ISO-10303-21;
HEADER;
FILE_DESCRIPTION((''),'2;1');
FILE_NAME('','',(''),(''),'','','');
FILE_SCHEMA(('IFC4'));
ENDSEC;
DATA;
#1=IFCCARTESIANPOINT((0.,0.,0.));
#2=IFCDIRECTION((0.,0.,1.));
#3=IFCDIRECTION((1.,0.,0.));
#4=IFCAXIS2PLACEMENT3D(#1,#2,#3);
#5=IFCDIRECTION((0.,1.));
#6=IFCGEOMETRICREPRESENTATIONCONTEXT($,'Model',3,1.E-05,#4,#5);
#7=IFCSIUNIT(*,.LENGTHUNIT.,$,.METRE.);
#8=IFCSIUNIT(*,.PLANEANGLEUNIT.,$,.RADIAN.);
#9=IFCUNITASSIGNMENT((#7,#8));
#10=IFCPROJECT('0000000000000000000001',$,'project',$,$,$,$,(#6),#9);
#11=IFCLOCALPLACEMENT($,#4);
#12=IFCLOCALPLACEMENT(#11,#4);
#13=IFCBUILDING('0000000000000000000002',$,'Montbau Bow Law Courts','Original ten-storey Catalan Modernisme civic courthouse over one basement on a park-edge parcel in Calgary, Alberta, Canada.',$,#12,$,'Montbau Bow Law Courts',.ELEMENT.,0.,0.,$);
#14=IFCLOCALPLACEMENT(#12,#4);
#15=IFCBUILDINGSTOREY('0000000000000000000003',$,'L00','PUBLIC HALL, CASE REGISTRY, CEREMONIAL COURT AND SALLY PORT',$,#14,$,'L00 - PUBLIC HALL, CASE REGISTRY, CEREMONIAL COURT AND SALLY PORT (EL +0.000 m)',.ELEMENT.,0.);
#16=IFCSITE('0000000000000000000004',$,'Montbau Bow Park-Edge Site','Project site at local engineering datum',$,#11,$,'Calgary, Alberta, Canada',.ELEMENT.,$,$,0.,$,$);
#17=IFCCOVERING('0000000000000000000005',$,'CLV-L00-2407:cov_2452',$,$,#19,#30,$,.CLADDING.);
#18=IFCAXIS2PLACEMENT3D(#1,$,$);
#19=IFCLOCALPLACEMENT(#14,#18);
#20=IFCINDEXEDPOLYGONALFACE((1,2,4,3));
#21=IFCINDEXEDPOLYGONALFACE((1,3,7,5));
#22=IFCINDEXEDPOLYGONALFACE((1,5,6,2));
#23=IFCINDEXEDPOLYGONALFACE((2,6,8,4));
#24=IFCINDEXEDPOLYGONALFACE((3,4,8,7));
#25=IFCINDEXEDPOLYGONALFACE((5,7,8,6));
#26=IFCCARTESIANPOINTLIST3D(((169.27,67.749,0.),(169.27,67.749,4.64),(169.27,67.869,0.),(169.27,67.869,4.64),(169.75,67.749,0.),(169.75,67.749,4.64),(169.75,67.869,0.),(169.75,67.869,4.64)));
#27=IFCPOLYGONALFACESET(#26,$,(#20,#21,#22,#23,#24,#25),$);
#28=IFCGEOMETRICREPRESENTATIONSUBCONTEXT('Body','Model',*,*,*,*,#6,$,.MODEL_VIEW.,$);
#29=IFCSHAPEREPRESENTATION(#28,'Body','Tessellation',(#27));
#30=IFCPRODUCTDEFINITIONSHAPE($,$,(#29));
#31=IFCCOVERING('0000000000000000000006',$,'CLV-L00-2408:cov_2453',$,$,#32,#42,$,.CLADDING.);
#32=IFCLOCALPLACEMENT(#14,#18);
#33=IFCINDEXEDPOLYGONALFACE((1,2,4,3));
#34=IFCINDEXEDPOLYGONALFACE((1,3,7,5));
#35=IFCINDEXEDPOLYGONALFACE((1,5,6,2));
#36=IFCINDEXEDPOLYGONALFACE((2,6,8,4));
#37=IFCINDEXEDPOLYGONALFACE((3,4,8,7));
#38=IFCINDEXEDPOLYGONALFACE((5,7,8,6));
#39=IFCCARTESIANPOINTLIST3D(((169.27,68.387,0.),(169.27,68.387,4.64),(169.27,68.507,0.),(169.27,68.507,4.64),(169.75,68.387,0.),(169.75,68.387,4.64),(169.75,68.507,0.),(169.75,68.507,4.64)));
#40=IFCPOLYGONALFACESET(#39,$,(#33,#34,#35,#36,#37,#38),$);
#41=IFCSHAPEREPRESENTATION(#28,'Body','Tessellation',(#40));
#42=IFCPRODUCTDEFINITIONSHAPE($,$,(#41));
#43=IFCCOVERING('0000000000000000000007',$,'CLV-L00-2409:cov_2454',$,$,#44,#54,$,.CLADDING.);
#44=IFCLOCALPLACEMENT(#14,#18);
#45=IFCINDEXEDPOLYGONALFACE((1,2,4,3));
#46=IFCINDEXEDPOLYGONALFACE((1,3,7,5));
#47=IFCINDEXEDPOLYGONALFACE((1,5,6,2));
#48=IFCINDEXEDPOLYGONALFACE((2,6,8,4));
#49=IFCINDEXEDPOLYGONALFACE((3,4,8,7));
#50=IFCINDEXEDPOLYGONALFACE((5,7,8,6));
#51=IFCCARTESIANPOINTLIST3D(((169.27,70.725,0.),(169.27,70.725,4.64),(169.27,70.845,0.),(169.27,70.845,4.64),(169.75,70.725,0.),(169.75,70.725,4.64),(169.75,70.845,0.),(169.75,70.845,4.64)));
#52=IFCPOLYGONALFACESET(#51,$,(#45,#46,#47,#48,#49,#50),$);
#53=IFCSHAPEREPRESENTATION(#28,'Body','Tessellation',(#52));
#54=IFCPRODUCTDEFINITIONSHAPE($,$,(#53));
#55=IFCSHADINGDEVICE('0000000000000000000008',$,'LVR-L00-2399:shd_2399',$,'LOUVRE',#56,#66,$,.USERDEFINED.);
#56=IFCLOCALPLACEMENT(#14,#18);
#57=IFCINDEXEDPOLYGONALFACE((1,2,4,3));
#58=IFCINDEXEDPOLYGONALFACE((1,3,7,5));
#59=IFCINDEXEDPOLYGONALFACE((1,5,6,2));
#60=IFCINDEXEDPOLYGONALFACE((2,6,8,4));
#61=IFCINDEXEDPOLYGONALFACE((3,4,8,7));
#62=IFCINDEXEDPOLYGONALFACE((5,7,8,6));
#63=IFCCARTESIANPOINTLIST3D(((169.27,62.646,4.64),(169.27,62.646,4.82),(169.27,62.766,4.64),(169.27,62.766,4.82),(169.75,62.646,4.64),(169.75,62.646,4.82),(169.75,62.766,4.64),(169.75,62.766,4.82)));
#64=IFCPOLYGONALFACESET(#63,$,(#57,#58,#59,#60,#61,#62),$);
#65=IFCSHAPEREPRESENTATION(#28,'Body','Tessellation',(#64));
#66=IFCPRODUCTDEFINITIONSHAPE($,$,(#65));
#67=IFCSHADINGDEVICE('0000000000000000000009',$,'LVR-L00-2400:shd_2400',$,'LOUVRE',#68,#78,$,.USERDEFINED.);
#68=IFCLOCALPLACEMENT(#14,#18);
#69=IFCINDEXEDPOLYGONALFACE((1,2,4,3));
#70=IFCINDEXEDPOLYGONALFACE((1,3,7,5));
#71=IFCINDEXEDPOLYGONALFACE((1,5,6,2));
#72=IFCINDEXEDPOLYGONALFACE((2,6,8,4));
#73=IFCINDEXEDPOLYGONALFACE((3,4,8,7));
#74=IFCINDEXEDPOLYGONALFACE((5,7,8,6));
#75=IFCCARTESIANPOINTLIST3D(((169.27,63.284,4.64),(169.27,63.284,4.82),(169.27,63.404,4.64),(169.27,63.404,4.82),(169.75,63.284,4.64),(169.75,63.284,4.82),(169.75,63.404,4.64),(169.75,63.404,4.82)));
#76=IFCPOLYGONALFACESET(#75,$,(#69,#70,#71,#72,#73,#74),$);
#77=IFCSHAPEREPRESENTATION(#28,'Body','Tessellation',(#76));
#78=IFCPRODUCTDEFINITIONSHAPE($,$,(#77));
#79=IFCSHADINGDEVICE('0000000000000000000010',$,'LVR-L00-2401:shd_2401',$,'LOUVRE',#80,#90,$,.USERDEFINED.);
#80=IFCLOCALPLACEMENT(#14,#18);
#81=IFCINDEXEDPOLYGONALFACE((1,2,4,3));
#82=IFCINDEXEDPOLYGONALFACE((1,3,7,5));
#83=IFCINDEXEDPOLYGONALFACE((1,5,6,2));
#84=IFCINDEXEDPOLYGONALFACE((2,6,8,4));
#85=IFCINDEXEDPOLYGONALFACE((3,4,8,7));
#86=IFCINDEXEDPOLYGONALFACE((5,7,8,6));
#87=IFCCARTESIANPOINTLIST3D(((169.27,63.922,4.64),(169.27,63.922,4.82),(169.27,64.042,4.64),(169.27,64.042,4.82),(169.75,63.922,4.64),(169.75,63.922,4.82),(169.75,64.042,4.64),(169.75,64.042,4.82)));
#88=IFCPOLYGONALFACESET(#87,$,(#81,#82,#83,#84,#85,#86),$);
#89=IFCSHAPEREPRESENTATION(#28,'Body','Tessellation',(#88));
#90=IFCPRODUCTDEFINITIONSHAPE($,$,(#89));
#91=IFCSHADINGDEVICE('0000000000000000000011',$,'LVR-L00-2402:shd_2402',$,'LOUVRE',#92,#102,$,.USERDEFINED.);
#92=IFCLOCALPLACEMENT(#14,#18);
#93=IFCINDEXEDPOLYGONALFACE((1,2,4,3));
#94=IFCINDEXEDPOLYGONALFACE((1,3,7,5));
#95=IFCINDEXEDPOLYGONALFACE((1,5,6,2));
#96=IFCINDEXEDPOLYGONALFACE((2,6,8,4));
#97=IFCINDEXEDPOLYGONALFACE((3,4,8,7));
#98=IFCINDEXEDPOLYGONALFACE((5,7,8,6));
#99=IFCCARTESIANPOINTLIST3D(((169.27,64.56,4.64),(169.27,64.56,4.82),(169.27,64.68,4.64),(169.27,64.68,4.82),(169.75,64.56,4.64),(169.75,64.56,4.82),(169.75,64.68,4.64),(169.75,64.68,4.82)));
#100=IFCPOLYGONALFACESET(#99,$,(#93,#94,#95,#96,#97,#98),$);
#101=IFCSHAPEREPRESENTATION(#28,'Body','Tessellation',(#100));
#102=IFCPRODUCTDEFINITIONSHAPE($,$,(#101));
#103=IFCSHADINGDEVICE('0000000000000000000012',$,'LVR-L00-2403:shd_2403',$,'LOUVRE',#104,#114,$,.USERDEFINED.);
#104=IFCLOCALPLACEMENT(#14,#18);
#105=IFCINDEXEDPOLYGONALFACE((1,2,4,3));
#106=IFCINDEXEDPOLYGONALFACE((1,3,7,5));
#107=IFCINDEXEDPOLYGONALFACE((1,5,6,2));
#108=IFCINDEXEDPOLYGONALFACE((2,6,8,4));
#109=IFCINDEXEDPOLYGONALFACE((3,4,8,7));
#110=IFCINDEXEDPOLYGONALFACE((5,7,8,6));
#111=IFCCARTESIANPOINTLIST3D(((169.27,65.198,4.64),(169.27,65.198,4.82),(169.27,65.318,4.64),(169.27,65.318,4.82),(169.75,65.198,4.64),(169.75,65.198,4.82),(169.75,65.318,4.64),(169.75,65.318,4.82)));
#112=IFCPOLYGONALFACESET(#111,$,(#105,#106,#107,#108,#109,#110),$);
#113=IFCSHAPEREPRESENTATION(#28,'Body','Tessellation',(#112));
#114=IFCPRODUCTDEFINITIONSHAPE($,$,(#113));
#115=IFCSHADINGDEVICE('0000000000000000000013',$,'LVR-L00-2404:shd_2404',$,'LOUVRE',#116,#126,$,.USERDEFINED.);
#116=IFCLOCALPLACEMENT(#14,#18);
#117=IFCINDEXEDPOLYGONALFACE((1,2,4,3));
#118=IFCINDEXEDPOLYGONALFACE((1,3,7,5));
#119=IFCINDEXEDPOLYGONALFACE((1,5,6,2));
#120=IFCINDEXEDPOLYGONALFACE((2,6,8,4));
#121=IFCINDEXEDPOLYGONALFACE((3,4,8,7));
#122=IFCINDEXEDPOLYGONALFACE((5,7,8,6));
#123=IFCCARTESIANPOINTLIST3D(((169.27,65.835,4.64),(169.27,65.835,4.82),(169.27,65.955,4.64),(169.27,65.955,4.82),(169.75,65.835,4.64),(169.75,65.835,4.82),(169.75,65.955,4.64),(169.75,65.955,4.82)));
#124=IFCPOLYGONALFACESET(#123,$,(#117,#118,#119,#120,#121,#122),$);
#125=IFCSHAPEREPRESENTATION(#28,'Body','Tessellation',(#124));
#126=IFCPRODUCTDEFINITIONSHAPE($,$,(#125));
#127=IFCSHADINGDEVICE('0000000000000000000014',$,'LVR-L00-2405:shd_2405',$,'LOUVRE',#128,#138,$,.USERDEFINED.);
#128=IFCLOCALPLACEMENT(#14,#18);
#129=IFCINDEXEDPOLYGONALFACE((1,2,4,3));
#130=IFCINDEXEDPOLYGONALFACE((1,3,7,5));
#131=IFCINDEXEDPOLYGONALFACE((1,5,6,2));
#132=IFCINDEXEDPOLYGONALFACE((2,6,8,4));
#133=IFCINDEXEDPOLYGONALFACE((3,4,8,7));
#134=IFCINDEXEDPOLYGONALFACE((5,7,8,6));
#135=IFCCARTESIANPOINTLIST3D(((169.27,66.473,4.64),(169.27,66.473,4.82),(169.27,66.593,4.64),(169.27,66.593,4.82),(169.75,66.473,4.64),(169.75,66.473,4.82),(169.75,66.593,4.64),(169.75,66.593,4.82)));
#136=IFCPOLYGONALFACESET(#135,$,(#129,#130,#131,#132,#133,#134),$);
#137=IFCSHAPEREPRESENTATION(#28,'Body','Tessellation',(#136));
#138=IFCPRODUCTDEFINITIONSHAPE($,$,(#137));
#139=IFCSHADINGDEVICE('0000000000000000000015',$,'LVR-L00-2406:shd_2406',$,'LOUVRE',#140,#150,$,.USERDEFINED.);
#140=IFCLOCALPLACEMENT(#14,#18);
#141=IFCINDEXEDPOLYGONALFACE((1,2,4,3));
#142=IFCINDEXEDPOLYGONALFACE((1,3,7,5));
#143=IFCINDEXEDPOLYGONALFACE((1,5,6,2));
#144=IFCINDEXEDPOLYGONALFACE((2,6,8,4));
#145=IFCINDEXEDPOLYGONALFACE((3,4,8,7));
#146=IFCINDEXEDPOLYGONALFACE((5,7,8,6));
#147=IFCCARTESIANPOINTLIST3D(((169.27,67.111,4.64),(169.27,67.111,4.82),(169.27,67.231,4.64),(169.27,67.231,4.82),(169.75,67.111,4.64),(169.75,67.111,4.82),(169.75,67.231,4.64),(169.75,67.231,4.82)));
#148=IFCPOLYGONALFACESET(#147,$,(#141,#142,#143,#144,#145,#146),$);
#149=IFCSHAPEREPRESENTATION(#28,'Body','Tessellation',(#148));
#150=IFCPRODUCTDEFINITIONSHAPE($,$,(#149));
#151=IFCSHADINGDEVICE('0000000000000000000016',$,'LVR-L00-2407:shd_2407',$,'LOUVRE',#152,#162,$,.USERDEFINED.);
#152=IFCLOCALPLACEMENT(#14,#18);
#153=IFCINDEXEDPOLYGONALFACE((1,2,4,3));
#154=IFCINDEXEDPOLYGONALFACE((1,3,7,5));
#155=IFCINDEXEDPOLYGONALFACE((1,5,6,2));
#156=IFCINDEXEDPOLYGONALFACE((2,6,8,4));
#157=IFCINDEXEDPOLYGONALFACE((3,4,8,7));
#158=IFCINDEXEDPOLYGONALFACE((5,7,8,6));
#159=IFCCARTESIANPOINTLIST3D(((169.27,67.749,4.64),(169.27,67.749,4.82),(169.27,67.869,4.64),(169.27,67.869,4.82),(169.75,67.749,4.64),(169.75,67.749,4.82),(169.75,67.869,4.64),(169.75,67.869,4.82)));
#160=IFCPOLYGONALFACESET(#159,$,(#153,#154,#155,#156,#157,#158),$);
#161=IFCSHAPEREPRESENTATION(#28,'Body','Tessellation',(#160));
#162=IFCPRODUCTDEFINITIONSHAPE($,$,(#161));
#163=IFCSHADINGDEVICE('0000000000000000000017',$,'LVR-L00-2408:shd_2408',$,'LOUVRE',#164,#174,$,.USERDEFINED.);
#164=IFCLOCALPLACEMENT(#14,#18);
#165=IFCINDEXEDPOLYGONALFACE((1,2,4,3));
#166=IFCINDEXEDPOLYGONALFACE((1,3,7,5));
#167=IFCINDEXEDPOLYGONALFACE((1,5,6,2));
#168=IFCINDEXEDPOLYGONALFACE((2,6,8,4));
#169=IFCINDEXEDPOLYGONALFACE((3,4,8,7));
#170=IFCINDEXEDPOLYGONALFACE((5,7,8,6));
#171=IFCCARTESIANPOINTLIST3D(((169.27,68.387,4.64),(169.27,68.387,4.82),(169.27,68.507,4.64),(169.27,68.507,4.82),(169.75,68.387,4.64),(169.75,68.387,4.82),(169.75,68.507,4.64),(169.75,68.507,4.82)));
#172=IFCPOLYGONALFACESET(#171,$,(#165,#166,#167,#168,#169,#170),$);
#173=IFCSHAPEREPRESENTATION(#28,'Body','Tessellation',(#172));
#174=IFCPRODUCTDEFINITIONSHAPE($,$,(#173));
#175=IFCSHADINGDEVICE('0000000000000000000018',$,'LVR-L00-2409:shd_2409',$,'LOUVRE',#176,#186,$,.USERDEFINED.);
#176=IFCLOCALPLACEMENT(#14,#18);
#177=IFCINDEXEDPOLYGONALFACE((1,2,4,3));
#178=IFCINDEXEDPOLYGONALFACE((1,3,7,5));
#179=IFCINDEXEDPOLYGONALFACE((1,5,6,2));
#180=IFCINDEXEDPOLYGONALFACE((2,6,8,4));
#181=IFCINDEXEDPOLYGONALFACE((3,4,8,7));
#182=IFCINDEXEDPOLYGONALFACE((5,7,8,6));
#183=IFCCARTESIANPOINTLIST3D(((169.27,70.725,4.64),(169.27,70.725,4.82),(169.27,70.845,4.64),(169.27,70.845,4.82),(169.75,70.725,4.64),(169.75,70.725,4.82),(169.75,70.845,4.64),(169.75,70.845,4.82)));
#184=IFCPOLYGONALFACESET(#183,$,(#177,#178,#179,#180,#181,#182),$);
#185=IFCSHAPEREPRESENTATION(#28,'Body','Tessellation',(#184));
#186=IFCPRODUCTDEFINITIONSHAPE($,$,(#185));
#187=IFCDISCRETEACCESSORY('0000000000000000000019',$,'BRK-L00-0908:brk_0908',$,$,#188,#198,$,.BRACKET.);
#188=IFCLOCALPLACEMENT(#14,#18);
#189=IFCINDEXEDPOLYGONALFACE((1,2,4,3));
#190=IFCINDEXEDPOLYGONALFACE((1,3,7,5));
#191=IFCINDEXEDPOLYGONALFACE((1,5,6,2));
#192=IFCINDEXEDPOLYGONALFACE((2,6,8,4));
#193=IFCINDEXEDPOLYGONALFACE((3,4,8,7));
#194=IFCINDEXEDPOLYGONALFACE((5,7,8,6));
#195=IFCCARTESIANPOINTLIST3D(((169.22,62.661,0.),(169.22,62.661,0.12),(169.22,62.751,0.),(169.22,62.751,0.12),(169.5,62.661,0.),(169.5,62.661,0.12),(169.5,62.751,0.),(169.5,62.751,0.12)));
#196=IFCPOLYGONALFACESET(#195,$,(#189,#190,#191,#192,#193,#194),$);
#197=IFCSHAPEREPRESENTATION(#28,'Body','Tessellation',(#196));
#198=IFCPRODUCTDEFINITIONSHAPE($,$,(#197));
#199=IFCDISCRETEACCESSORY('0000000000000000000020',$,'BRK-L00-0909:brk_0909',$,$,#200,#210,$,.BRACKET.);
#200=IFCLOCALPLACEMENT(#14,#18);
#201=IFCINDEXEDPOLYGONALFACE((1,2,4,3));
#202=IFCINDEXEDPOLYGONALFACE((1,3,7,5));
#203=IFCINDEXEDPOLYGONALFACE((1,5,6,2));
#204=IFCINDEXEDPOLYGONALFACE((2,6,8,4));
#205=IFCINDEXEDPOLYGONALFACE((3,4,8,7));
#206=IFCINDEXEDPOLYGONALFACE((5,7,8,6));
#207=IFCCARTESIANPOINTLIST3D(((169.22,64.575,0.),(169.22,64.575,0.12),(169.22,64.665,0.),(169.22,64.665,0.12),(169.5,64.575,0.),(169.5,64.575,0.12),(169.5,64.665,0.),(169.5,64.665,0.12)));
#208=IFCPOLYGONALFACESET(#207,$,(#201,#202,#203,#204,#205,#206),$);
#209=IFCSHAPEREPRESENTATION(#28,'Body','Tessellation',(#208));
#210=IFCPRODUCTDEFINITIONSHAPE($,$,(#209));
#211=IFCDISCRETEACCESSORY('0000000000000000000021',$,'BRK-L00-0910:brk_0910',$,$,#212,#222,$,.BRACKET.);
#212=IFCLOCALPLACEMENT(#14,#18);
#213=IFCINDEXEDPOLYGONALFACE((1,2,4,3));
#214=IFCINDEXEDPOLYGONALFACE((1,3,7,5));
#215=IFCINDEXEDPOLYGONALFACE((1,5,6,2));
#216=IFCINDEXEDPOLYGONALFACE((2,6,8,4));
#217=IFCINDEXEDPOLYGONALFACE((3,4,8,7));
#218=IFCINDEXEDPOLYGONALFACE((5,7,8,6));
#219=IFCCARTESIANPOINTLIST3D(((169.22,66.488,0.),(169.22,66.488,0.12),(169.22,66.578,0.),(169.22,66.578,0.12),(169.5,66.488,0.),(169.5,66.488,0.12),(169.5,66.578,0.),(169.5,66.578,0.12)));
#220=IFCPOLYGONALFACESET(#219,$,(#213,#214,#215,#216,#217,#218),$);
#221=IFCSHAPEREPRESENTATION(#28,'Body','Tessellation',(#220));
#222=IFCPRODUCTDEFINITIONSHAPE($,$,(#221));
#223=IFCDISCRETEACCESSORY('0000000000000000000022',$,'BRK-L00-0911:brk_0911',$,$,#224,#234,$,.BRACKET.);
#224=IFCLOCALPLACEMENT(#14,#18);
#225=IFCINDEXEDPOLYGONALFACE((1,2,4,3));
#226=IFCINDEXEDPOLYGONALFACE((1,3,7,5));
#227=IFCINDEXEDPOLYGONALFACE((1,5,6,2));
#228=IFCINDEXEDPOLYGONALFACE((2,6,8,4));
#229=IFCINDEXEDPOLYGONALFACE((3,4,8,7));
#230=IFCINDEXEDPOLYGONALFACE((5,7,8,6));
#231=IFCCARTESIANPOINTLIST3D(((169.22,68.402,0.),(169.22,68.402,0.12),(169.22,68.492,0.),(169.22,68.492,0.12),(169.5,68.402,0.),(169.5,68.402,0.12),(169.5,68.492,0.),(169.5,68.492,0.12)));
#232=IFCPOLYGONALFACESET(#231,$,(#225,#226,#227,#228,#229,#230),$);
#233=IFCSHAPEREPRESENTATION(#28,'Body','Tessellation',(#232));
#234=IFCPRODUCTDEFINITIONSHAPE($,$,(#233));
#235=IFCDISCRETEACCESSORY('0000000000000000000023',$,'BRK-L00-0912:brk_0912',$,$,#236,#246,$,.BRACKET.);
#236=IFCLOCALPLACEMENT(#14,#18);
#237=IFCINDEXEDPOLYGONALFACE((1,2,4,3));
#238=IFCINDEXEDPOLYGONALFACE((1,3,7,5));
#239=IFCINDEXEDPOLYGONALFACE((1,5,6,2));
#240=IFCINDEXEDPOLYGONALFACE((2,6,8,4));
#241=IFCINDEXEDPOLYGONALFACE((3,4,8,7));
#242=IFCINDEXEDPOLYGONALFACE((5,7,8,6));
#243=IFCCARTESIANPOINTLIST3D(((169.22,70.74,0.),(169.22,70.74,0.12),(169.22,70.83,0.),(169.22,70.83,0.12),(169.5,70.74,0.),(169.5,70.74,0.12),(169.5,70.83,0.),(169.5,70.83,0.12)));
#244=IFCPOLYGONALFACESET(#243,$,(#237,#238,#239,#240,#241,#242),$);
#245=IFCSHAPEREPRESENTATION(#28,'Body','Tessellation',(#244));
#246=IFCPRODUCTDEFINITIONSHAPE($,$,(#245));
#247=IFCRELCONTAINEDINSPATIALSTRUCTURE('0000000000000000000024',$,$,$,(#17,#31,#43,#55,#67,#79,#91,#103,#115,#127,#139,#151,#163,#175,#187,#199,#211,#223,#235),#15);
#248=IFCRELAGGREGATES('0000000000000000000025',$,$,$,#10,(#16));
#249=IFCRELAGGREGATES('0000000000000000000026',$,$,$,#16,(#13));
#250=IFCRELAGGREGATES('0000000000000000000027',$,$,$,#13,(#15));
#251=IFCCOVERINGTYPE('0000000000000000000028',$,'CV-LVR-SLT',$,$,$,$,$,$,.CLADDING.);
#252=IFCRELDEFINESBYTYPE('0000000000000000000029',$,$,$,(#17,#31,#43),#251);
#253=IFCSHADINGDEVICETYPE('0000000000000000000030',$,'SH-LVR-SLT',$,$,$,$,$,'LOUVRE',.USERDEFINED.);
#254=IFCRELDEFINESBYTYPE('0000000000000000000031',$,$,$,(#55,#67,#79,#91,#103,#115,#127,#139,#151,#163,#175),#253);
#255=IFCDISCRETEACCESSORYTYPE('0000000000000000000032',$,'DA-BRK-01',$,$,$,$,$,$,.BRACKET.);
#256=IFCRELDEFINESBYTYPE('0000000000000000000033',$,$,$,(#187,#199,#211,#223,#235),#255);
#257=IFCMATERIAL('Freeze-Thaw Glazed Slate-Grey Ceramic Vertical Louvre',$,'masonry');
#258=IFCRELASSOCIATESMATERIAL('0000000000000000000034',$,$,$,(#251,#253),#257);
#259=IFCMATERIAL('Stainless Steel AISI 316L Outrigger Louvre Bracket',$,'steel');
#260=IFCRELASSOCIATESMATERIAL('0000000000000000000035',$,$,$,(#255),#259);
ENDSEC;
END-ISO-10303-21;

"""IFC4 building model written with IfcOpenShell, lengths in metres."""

from ifc_helpers import new_model, si_unit, direction, frame, frame_2d, origin_with_axes, origin_2d_with_axis, place, context, subcontext, project, spatial, rectangle, extrude, material, type_object, element, save


model = new_model("IFC4")

# Units and contexts
model_context = context("Model", 3, precision=1e-05, world=origin_with_axes(), true_north=direction((0.0, 1.0)))
body_context = subcontext(model_context, "Body", "Model", "MODEL_VIEW")
ifc_project = project(units=[si_unit("LENGTHUNIT", "METRE"), si_unit("PLANEANGLEUNIT", "RADIAN")], contexts=[model_context])

# Site, building, storey
site_placement = place(None, origin_with_axes())
site = spatial("IfcSite", under=ifc_project, at=site_placement, Name="Montbau Bow Park-Edge Site", Description="Project site at local engineering datum", LongName="Calgary, Alberta, Canada", CompositionType="ELEMENT", RefElevation=0.0)
building_placement = place(site_placement, origin_with_axes())
building = spatial("IfcBuilding", under=site, at=building_placement, Name="Montbau Bow Law Courts", Description="Original ten-storey Catalan Modernisme civic courthouse over one basement on a park-edge parcel in Calgary, Alberta, Canada.", LongName="Montbau Bow Law Courts", CompositionType="ELEMENT", ElevationOfRefHeight=0.0, ElevationOfTerrain=0.0)
storey_placement = place(building_placement, origin_with_axes())
storey = spatial("IfcBuildingStorey", under=building, at=storey_placement, Name="L00", Description="PUBLIC HALL, CASE REGISTRY, CEREMONIAL COURT AND SALLY PORT", LongName="L00 - PUBLIC HALL, CASE REGISTRY, CEREMONIAL COURT AND SALLY PORT (EL +0.000 m)", CompositionType="ELEMENT", Elevation=0.0)

# Coverings
ifc_material_1 = material(Name="Freeze-Thaw Glazed Slate-Grey Ceramic Vertical Louvre", Category="masonry")
covering_type = type_object("IfcCoveringType", Name="CV-LVR-SLT", PredefinedType="CLADDING", material=ifc_material_1)
for number, where, z_axis, x_axis, name in (
    (1, (169.27, 67.809, 0.0), (0.0, -1.0, 0.0), (1.0, 0.0, 0.0), "CLV-L00-2407:cov_2452"),
    (2, (169.27, 68.447, 0.0), (0.0, -1.0, 0.0), (1.0, 0.0, 0.0), "CLV-L00-2408:cov_2453"),
    (3, (169.27, 70.785, 0.0), (0.0, -1.0, 0.0), (1.0, 0.0, 0.0), "CLV-L00-2409:cov_2454"),
):
    element("IfcCovering", number, at=place(None, frame(where, z_axis=z_axis, x_axis=x_axis)), inside=storey, type_object=covering_type, Name=name, PredefinedType="CLADDING", context=body_context, shape_type="SweptSolid", body=[
        extrude(rectangle(XDim=0.48, YDim=4.64, at=frame_2d((0.24, 2.32), x_axis=(1.0, 0.0))), frame((0.0, 0.0, -0.06), z_axis=(0.0, 0.0, 1.0), x_axis=(1.0, 0.0, 0.0)), (0.0, 0.0, 1.0), 0.12),
    ])

# Shading devices
shading_device_type = type_object("IfcShadingDeviceType", Name="SH-LVR-SLT", ElementType="LOUVRE", PredefinedType="USERDEFINED", material=ifc_material_1)
for number, where, z_axis, x_axis, name in (
    (4, (169.51, 62.706, 4.64), (0.0, 0.0, 1.0), (1.0, 0.0, 0.0), "LVR-L00-2399:shd_2399"),
    (5, (169.51, 63.344, 4.64), (0.0, 0.0, 1.0), (1.0, 0.0, 0.0), "LVR-L00-2400:shd_2400"),
    (6, (169.51, 63.982, 4.64), (0.0, 0.0, 1.0), (1.0, 0.0, 0.0), "LVR-L00-2401:shd_2401"),
    (7, (169.51, 64.62, 4.64), (0.0, 0.0, 1.0), (1.0, 0.0, 0.0), "LVR-L00-2402:shd_2402"),
    (8, (169.51, 65.258, 4.64), (0.0, 0.0, 1.0), (1.0, 0.0, 0.0), "LVR-L00-2403:shd_2403"),
    (9, (169.51, 65.895, 4.64), (0.0, 0.0, 1.0), (1.0, 0.0, 0.0), "LVR-L00-2404:shd_2404"),
    (10, (169.51, 66.533, 4.64), (0.0, 0.0, 1.0), (1.0, 0.0, 0.0), "LVR-L00-2405:shd_2405"),
    (11, (169.51, 67.171, 4.64), (0.0, 0.0, 1.0), (1.0, 0.0, 0.0), "LVR-L00-2406:shd_2406"),
    (12, (169.51, 67.809, 4.64), (0.0, 0.0, 1.0), (1.0, 0.0, 0.0), "LVR-L00-2407:shd_2407"),
    (13, (169.51, 68.447, 4.64), (0.0, 0.0, 1.0), (1.0, 0.0, 0.0), "LVR-L00-2408:shd_2408"),
    (14, (169.51, 70.785, 4.64), (0.0, 0.0, 1.0), (1.0, 0.0, 0.0), "LVR-L00-2409:shd_2409"),
):
    element("IfcShadingDevice", number, at=place(None, frame(where, z_axis=z_axis, x_axis=x_axis)), inside=storey, type_object=shading_device_type, Name=name, ObjectType="LOUVRE", PredefinedType="USERDEFINED", context=body_context, shape_type="SweptSolid", body=[
        extrude(rectangle(XDim=0.48, YDim=0.12, at=origin_2d_with_axis()), origin_with_axes(), (0.0, 0.0, 1.0), 0.18),
    ])

# Discrete accessories
ifc_material_2 = material(Name="Stainless Steel AISI 316L Outrigger Louvre Bracket", Category="steel")
discrete_accessory_type = type_object("IfcDiscreteAccessoryType", Name="DA-BRK-01", PredefinedType="BRACKET", material=ifc_material_2)
for number, where, z_axis, x_axis, name in (
    (15, (169.36, 62.706, 0.0), (0.0, 0.0, 1.0), (1.0, 0.0, 0.0), "BRK-L00-0908:brk_0908"),
    (16, (169.36, 64.62, 0.0), (0.0, 0.0, 1.0), (1.0, 0.0, 0.0), "BRK-L00-0909:brk_0909"),
    (17, (169.36, 66.533, 0.0), (0.0, 0.0, 1.0), (1.0, 0.0, 0.0), "BRK-L00-0910:brk_0910"),
    (18, (169.36, 68.447, 0.0), (0.0, 0.0, 1.0), (1.0, 0.0, 0.0), "BRK-L00-0911:brk_0911"),
    (19, (169.36, 70.785, 0.0), (0.0, 0.0, 1.0), (1.0, 0.0, 0.0), "BRK-L00-0912:brk_0912"),
):
    element("IfcDiscreteAccessory", number, at=place(None, frame(where, z_axis=z_axis, x_axis=x_axis)), inside=storey, type_object=discrete_accessory_type, Name=name, PredefinedType="BRACKET", context=body_context, shape_type="SweptSolid", body=[
        extrude(rectangle(XDim=0.28, YDim=0.09, at=origin_2d_with_axis()), origin_with_axes(), (0.0, 0.0, 1.0), 0.12),
    ])

save(model, "model.ifc")
